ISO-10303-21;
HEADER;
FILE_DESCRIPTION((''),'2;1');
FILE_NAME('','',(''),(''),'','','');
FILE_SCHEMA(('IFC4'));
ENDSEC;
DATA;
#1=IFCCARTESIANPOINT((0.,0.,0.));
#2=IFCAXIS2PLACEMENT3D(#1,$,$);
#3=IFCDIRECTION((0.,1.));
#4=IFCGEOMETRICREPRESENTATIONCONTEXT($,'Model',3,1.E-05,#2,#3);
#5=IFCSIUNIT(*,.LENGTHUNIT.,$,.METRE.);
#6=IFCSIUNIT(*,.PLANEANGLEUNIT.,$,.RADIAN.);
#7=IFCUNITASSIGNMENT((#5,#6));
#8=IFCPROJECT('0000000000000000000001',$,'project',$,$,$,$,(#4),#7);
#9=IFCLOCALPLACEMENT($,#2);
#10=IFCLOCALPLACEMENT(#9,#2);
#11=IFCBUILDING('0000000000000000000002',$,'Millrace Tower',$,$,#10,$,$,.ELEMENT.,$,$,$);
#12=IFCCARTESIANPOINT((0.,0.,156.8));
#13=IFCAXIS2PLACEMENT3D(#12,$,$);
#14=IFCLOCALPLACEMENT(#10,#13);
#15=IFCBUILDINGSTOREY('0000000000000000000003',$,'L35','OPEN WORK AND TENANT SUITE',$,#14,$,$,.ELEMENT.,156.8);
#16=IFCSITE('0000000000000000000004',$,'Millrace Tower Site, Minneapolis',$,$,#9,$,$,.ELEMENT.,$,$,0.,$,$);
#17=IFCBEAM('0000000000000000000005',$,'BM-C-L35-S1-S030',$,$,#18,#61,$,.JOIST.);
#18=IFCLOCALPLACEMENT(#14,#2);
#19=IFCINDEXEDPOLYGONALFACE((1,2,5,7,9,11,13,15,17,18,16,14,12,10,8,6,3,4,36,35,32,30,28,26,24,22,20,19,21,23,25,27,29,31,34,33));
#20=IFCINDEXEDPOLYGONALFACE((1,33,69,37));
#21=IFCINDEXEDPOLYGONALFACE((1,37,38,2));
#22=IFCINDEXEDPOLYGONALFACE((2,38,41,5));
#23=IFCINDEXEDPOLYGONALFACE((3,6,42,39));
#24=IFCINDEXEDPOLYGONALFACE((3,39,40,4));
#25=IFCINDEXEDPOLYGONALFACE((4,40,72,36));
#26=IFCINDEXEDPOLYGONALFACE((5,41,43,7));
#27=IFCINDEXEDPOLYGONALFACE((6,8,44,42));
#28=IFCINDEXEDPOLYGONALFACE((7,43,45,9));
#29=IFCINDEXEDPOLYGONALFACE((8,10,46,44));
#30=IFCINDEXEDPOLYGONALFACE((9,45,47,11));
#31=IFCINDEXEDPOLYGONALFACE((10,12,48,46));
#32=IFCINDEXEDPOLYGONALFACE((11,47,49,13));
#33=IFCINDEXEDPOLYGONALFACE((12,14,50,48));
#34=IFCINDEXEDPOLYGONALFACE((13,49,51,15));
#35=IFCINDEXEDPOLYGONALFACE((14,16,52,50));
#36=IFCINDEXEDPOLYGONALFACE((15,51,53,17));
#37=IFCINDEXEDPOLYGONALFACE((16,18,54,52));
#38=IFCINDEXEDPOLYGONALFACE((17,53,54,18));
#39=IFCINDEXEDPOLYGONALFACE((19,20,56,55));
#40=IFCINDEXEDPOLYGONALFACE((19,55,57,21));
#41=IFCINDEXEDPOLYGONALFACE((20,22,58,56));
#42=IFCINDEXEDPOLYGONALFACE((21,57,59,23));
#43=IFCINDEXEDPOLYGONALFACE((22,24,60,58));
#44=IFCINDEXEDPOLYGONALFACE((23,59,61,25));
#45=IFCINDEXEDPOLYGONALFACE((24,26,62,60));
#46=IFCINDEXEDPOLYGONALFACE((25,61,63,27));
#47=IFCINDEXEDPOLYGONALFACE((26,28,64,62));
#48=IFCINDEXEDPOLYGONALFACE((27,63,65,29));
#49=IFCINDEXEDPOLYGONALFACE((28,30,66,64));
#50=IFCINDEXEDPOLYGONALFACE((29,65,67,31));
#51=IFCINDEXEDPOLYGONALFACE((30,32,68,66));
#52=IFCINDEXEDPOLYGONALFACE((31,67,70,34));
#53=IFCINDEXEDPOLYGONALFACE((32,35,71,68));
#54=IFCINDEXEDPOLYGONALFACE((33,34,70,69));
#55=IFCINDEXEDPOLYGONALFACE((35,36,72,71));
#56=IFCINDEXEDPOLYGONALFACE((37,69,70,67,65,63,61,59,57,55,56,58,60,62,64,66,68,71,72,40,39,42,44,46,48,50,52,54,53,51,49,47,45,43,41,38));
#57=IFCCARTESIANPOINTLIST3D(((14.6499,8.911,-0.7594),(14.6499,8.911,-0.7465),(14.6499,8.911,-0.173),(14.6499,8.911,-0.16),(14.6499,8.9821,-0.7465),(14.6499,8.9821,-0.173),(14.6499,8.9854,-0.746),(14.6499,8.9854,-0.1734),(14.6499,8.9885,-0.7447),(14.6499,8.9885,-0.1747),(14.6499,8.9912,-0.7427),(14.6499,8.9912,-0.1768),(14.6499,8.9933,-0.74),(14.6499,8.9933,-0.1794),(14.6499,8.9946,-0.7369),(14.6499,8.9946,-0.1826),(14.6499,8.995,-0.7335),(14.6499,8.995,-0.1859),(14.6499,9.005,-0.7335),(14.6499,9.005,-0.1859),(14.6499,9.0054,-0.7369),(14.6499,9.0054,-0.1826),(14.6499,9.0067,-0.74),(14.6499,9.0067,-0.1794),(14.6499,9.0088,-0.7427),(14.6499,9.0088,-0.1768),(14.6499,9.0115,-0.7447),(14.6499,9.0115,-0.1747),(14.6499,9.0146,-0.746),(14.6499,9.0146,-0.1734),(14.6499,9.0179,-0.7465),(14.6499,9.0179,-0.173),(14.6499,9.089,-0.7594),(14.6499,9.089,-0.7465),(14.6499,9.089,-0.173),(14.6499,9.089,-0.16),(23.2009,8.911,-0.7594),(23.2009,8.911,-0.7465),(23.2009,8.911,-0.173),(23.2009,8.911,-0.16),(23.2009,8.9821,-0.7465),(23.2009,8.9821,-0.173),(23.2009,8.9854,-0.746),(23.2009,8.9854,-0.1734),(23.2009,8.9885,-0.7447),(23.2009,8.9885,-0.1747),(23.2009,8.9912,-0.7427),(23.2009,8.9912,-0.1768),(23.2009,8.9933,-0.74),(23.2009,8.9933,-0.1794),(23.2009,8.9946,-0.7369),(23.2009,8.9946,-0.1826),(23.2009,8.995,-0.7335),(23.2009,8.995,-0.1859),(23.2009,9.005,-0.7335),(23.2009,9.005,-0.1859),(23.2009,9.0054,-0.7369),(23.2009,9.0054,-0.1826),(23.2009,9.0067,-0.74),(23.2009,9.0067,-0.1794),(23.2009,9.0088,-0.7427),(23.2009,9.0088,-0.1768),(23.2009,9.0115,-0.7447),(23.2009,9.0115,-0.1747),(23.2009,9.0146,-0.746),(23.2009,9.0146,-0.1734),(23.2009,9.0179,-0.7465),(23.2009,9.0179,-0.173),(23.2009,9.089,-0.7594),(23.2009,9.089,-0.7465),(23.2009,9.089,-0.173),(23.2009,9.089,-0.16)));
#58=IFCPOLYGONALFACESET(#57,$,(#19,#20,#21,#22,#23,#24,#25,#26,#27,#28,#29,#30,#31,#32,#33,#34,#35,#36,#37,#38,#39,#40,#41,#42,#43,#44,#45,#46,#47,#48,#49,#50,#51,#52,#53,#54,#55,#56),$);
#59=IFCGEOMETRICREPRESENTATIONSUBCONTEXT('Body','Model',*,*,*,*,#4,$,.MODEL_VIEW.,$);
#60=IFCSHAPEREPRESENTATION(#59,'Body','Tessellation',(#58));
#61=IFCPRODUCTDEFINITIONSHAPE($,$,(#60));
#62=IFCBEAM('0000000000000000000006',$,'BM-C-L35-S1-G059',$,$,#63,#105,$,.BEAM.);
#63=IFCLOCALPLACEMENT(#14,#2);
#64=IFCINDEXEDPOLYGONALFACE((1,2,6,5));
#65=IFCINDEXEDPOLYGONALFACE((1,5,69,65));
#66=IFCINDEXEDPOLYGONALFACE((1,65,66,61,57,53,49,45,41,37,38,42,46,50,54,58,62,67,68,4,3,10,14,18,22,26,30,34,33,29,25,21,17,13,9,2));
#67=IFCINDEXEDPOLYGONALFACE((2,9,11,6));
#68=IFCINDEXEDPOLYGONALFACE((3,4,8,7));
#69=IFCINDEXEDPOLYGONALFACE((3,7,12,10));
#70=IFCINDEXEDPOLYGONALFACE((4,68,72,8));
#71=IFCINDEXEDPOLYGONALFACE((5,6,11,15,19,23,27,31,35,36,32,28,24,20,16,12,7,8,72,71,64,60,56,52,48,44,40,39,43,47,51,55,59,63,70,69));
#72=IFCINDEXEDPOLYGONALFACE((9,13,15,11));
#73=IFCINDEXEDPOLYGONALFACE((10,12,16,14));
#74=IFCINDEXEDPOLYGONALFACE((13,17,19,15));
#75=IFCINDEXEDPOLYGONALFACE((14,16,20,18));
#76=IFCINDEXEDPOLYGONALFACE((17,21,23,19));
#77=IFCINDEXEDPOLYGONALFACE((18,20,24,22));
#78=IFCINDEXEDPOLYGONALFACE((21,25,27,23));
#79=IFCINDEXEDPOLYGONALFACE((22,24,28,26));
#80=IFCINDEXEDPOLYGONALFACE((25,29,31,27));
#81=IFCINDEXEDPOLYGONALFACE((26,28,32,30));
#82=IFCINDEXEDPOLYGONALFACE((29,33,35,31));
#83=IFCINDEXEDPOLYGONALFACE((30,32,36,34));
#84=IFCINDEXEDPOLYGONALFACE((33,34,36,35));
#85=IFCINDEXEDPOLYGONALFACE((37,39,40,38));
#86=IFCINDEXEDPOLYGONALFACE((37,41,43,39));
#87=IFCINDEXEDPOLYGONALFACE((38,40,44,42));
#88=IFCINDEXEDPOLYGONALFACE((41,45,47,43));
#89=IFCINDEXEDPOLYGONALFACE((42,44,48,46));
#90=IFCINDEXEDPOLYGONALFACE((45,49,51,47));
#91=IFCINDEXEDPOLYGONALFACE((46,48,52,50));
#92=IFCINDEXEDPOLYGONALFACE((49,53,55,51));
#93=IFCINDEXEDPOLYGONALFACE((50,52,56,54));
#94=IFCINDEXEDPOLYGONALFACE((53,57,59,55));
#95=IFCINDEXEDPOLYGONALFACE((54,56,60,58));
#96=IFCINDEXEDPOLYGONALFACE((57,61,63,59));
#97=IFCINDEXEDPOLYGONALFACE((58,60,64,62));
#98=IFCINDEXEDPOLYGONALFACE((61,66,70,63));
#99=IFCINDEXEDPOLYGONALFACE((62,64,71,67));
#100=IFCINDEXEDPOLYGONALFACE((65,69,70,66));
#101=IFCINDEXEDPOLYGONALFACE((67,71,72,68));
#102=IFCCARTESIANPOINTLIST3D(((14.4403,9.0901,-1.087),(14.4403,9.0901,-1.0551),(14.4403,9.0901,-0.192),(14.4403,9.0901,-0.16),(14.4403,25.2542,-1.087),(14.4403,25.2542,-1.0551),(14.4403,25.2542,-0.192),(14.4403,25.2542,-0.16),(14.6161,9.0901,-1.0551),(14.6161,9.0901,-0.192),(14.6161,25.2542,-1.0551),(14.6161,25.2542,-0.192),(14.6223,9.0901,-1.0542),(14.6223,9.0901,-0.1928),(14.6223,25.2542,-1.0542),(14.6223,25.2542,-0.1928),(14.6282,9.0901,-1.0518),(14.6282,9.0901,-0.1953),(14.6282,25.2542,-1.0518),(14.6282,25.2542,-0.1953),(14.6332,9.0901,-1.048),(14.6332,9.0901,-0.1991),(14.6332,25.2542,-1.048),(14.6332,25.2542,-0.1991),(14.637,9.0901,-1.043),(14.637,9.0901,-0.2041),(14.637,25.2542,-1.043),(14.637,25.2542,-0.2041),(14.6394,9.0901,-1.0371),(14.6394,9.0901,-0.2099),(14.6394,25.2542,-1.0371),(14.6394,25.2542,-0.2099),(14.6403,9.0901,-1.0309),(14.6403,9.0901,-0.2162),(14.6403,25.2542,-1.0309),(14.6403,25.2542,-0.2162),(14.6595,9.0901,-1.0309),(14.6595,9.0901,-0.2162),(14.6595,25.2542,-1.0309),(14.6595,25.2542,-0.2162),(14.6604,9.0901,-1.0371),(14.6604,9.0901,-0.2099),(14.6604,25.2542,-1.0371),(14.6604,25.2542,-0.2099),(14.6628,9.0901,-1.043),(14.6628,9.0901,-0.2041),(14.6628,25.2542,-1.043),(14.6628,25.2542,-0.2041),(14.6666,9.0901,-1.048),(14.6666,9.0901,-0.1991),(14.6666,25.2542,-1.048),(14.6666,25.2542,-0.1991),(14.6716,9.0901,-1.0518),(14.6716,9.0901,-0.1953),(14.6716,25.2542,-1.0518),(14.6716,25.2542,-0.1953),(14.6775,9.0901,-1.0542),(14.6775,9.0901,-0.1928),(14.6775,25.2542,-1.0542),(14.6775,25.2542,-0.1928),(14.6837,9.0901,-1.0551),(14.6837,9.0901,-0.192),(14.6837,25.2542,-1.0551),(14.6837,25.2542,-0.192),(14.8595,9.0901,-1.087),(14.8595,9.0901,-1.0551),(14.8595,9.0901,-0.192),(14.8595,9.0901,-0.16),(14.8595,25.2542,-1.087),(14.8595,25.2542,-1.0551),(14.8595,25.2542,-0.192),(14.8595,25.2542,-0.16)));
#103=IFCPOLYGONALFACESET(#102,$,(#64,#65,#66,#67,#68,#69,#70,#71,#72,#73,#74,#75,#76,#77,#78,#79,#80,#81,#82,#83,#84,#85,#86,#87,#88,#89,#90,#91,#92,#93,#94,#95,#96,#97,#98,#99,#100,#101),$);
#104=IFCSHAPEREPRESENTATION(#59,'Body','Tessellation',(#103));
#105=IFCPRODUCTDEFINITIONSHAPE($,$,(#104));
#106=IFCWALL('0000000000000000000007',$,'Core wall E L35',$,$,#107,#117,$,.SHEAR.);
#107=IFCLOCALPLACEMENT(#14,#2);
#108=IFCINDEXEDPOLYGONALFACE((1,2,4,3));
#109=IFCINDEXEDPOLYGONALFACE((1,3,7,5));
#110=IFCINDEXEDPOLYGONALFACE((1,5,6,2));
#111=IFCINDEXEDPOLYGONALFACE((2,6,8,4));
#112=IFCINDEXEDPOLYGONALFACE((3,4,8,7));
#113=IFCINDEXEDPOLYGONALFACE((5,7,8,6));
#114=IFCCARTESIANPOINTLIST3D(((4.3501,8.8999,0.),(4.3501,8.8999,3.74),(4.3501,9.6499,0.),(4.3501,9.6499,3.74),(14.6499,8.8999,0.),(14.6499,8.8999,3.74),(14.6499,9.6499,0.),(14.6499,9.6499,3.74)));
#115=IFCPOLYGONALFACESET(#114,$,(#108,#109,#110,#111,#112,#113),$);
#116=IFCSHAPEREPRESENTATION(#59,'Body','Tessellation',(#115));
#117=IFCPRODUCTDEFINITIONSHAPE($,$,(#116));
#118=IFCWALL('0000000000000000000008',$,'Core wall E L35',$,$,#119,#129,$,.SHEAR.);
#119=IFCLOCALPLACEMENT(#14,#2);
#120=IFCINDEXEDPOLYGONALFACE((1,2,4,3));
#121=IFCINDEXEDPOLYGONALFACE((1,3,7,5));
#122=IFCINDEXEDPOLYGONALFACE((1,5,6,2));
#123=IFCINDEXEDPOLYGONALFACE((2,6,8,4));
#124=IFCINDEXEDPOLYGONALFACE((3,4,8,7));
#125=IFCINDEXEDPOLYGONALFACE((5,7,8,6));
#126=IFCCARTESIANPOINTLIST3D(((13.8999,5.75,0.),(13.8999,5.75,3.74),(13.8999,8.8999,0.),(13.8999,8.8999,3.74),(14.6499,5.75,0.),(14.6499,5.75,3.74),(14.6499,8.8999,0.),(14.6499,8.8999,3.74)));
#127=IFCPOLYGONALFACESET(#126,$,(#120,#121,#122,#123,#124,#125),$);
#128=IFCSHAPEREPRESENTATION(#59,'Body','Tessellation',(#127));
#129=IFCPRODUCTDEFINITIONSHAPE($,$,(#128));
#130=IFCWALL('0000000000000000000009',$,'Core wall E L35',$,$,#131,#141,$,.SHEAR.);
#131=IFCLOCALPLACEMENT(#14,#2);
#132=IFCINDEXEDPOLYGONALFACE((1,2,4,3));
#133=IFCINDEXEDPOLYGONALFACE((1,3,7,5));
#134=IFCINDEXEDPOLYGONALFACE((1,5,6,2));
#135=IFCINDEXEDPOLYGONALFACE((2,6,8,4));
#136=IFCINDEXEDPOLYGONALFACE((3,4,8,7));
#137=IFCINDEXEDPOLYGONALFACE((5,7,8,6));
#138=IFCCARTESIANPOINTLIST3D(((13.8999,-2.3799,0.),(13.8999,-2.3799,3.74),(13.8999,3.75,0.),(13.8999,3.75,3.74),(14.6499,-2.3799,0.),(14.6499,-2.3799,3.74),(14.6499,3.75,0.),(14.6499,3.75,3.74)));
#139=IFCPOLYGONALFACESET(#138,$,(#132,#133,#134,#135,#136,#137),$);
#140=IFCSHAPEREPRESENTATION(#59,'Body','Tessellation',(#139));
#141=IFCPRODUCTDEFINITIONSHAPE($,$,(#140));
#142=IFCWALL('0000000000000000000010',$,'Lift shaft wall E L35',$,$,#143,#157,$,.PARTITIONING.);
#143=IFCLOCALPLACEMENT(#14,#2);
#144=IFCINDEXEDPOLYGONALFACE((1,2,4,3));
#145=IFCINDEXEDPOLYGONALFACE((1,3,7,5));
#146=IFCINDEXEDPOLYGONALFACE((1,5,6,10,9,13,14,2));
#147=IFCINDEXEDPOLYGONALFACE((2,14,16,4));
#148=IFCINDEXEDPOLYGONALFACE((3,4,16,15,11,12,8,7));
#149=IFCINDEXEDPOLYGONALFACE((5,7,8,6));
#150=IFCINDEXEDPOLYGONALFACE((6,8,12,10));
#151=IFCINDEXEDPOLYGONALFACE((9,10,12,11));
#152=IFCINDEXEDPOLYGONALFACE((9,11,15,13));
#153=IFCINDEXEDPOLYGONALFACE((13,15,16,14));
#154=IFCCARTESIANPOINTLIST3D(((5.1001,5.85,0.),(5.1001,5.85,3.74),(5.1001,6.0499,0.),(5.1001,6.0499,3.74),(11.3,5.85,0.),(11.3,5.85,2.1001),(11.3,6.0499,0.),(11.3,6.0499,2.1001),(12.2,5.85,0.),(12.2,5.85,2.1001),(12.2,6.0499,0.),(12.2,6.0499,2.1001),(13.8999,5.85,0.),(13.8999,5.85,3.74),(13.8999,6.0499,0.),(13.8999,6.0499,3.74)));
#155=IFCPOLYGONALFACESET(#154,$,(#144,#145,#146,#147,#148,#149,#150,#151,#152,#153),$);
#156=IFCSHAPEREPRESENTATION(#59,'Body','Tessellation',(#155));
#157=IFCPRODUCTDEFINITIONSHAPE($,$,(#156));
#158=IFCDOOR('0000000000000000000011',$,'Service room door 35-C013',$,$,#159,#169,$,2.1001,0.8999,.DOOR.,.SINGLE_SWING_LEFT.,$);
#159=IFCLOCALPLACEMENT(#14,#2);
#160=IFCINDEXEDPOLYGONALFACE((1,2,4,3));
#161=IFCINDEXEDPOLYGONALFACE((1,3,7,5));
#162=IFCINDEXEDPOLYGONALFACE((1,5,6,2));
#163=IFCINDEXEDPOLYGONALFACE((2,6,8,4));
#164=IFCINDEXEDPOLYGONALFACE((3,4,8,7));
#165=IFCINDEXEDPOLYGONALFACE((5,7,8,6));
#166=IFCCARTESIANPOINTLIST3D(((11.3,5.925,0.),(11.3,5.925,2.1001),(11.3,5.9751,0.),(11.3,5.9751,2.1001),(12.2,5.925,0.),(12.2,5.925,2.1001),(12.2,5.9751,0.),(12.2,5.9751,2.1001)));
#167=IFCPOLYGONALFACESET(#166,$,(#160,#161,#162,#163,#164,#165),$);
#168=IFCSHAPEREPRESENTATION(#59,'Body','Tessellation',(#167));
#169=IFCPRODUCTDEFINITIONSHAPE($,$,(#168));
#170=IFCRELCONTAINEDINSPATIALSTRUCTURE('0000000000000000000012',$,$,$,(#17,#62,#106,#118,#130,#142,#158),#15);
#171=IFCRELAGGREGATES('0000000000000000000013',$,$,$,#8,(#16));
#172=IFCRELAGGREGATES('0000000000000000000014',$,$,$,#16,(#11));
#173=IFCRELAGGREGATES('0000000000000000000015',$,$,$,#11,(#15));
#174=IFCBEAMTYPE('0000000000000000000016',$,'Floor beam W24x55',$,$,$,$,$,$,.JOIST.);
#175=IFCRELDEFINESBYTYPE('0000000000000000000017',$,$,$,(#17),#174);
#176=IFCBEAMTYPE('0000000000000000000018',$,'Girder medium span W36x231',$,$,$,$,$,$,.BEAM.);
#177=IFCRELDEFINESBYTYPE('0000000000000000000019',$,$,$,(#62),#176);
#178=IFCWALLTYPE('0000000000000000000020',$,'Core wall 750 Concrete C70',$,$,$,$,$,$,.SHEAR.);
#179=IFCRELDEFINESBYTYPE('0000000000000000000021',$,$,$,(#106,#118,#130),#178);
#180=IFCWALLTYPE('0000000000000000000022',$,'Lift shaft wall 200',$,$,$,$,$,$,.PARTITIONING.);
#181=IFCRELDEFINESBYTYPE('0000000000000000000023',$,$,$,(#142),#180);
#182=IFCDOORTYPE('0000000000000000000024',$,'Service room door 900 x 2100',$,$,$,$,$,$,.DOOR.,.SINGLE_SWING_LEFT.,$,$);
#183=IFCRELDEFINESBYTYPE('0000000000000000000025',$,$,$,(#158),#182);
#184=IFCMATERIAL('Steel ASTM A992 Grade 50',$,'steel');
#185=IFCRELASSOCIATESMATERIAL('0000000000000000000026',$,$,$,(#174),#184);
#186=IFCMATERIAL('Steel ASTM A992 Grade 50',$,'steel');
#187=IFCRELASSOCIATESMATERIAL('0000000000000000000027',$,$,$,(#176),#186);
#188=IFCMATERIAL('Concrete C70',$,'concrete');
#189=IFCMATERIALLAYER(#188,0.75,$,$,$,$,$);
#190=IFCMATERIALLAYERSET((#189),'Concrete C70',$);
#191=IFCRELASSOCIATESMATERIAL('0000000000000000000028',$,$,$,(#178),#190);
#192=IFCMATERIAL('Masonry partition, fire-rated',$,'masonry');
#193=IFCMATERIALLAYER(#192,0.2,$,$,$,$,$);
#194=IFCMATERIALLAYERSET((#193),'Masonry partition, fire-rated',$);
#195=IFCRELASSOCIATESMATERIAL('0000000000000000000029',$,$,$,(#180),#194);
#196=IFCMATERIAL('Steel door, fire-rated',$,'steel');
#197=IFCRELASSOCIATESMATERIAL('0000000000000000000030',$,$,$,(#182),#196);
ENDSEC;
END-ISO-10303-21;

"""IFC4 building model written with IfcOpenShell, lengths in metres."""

from ifc_helpers import new_model, si_unit, direction, frame, frame_2d, origin, origin_2d, place, context, subcontext, project, spatial, rectangle, i_section, extrude, material, layer, layer_set, material_profile, profile_set, type_object, element, fill, save


model = new_model("IFC4")

# Units and contexts
model_context = context("Model", 3, precision=1e-05, world=origin(), true_north=direction((0.0, 1.0)))
body_context = subcontext(model_context, "Body", "Model", "MODEL_VIEW")
ifc_project = project(units=[si_unit("LENGTHUNIT", "METRE"), si_unit("PLANEANGLEUNIT", "RADIAN")], contexts=[model_context])

# Site, building, storey
site_placement = place(None, origin())
site = spatial("IfcSite", under=ifc_project, at=site_placement, Name="Millrace Tower Site, Minneapolis", CompositionType="ELEMENT", RefElevation=0.0)
building_placement = place(site_placement, origin())
building = spatial("IfcBuilding", under=site, at=building_placement, Name="Millrace Tower", CompositionType="ELEMENT")
storey_placement = place(building_placement, frame((0.0, 0.0, 156.8)))
storey = spatial("IfcBuildingStorey", under=building, at=storey_placement, Name="L35", Description="OPEN WORK AND TENANT SUITE", CompositionType="ELEMENT", Elevation=156.8)

# Beams
ifc_material_1 = material(Name="Steel ASTM A992 Grade 50", Category="steel")
ifc_material_profile_1 = material_profile(ifc_material_1, i_section(OverallWidth=0.178, OverallDepth=0.5994, WebThickness=0.01, FlangeThickness=0.0129, FilletRadius=0.0129, at=origin_2d()))
ifc_profile_set_1 = profile_set([ifc_material_profile_1], Name="Steel ASTM A992 Grade 50")
beam_type_1 = type_object("IfcBeamType", Name="Floor beam W24x55", PredefinedType="JOIST", material=ifc_profile_set_1)
beam_1_placement = place(storey_placement, frame((14.6499, 9.0, -0.4597), z_axis=(1.0, 0.0, 0.0), x_axis=(0.0, 1.0, 0.0)))
element("IfcBeam", 1, at=beam_1_placement, inside=storey, type_object=beam_type_1, Name="BM-C-L35-S1-S030", PredefinedType="JOIST", context=body_context, shape_type="SweptSolid", body=[
    extrude(i_section(OverallWidth=0.178, OverallDepth=0.5994, WebThickness=0.01, FlangeThickness=0.0129, FilletRadius=0.0129, at=origin_2d()), origin(), (0.0, 0.0, 1.0), 8.551),
])
ifc_material_2 = material(Name="Steel ASTM A992 Grade 50", Category="steel")
ifc_material_profile_2 = material_profile(ifc_material_2, i_section(OverallWidth=0.4192, OverallDepth=0.927, WebThickness=0.0193, FlangeThickness=0.032, FilletRadius=0.0242, at=origin_2d()))
ifc_profile_set_2 = profile_set([ifc_material_profile_2], Name="Steel ASTM A992 Grade 50")
beam_type_2 = type_object("IfcBeamType", Name="Girder medium span W36x231", PredefinedType="BEAM", material=ifc_profile_set_2)
beam_2_placement = place(storey_placement, frame((14.6499, 9.0901, -0.6235), z_axis=(0.0, 1.0, 0.0), x_axis=(-1.0, 0.0, 0.0)))
element("IfcBeam", 2, at=beam_2_placement, inside=storey, type_object=beam_type_2, Name="BM-C-L35-S1-G059", PredefinedType="BEAM", context=body_context, shape_type="SweptSolid", body=[
    extrude(i_section(OverallWidth=0.4192, OverallDepth=0.927, WebThickness=0.0193, FlangeThickness=0.032, FilletRadius=0.0242, at=origin_2d()), origin(), (0.0, 0.0, 1.0), 16.1641),
])

# Walls
ifc_material_3 = material(Name="Concrete C70", Category="concrete")
ifc_layer_1 = layer(ifc_material_3, 0.75)
ifc_layer_set_1 = layer_set([ifc_layer_1], Name="Concrete C70")
wall_type_1 = type_object("IfcWallType", Name="Core wall 750 Concrete C70", PredefinedType="SHEAR", material=ifc_layer_set_1)
wall_1_placement = place(storey_placement, frame((14.6499, 9.2749, 0.0), z_axis=(0.0, 0.0, 1.0), x_axis=(-1.0, 0.0, 0.0)))
element("IfcWall", 3, at=wall_1_placement, inside=storey, type_object=wall_type_1, Name="Core wall E L35", PredefinedType="SHEAR", context=body_context, shape_type="SweptSolid", body=[
    extrude(rectangle(XDim=10.2998, YDim=0.75, at=frame_2d((5.1499, 0.0))), origin(), (0.0, 0.0, 1.0), 3.74),
])
wall_2_placement = place(storey_placement, frame((14.2749, 8.8999, 0.0), z_axis=(0.0, 0.0, 1.0), x_axis=(0.0, -1.0, 0.0)))
element("IfcWall", 4, at=wall_2_placement, inside=storey, type_object=wall_type_1, Name="Core wall E L35", PredefinedType="SHEAR", context=body_context, shape_type="SweptSolid", body=[
    extrude(rectangle(XDim=3.1499, YDim=0.75, at=frame_2d((1.575, 0.0))), origin(), (0.0, 0.0, 1.0), 3.74),
])
wall_3_placement = place(storey_placement, frame((14.2749, 3.75, 0.0), z_axis=(0.0, 0.0, 1.0), x_axis=(0.0, -1.0, 0.0)))
element("IfcWall", 5, at=wall_3_placement, inside=storey, type_object=wall_type_1, Name="Core wall E L35", PredefinedType="SHEAR", context=body_context, shape_type="SweptSolid", body=[
    extrude(rectangle(XDim=6.1299, YDim=0.75, at=frame_2d((3.0649, 0.0))), origin(), (0.0, 0.0, 1.0), 3.74),
])

# Wall, opening, door
ifc_material_4 = material(Name="Masonry partition, fire-rated", Category="masonry")
ifc_layer_2 = layer(ifc_material_4, 0.2)
ifc_layer_set_2 = layer_set([ifc_layer_2], Name="Masonry partition, fire-rated")
wall_type_2 = type_object("IfcWallType", Name="Lift shaft wall 200", PredefinedType="PARTITIONING", material=ifc_layer_set_2)
wall_4_placement = place(storey_placement, frame((13.8999, 5.95, 0.0), z_axis=(0.0, 0.0, 1.0), x_axis=(-1.0, 0.0, 0.0)))
wall_4 = element("IfcWall", 6, at=wall_4_placement, inside=storey, type_object=wall_type_2, Name="Lift shaft wall E L35", PredefinedType="PARTITIONING", context=body_context, shape_type="SweptSolid", body=[
    extrude(rectangle(XDim=8.7998, YDim=0.2, at=frame_2d((4.3999, 0.0))), origin(), (0.0, 0.0, 1.0), 3.74),
])
opening_1_placement = place(wall_4_placement, frame((1.7, 0.0, 0.0)))
opening_1 = element("IfcOpeningElement", 7, at=opening_1_placement, cuts=wall_4, PredefinedType="OPENING", context=body_context, shape_type="SweptSolid", body=[
    extrude(rectangle(XDim=0.8999, YDim=2.1001, at=frame_2d((0.45, 1.05))), frame((0.0, 0.1099, 0.0), z_axis=(0.0, -1.0, 0.0), x_axis=(1.0, 0.0, 0.0)), (0.0, 0.0, 1.0), 0.22),
])
ifc_material_5 = material(Name="Steel door, fire-rated", Category="steel")
door_type_1 = type_object("IfcDoorType", Name="Service room door 900 x 2100", OperationType="SINGLE_SWING_LEFT", PredefinedType="DOOR", material=ifc_material_5)
door_1_placement = place(opening_1_placement, origin())
door_1 = element("IfcDoor", 8, at=door_1_placement, inside=storey, type_object=door_type_1, Name="Service room door 35-C013", OperationType="SINGLE_SWING_LEFT", OverallHeight=2.1001, OverallWidth=0.8999, PredefinedType="DOOR", context=body_context, shape_type="SweptSolid", body=[
    extrude(rectangle(XDim=0.8999, YDim=2.1001, at=frame_2d((0.45, 1.05))), frame((0.0, 0.0249, 0.0), z_axis=(0.0, -1.0, 0.0), x_axis=(1.0, 0.0, 0.0)), (0.0, 0.0, 1.0), 0.05),
])
fill(opening_1, door_1)

save(model, "model.ifc")
